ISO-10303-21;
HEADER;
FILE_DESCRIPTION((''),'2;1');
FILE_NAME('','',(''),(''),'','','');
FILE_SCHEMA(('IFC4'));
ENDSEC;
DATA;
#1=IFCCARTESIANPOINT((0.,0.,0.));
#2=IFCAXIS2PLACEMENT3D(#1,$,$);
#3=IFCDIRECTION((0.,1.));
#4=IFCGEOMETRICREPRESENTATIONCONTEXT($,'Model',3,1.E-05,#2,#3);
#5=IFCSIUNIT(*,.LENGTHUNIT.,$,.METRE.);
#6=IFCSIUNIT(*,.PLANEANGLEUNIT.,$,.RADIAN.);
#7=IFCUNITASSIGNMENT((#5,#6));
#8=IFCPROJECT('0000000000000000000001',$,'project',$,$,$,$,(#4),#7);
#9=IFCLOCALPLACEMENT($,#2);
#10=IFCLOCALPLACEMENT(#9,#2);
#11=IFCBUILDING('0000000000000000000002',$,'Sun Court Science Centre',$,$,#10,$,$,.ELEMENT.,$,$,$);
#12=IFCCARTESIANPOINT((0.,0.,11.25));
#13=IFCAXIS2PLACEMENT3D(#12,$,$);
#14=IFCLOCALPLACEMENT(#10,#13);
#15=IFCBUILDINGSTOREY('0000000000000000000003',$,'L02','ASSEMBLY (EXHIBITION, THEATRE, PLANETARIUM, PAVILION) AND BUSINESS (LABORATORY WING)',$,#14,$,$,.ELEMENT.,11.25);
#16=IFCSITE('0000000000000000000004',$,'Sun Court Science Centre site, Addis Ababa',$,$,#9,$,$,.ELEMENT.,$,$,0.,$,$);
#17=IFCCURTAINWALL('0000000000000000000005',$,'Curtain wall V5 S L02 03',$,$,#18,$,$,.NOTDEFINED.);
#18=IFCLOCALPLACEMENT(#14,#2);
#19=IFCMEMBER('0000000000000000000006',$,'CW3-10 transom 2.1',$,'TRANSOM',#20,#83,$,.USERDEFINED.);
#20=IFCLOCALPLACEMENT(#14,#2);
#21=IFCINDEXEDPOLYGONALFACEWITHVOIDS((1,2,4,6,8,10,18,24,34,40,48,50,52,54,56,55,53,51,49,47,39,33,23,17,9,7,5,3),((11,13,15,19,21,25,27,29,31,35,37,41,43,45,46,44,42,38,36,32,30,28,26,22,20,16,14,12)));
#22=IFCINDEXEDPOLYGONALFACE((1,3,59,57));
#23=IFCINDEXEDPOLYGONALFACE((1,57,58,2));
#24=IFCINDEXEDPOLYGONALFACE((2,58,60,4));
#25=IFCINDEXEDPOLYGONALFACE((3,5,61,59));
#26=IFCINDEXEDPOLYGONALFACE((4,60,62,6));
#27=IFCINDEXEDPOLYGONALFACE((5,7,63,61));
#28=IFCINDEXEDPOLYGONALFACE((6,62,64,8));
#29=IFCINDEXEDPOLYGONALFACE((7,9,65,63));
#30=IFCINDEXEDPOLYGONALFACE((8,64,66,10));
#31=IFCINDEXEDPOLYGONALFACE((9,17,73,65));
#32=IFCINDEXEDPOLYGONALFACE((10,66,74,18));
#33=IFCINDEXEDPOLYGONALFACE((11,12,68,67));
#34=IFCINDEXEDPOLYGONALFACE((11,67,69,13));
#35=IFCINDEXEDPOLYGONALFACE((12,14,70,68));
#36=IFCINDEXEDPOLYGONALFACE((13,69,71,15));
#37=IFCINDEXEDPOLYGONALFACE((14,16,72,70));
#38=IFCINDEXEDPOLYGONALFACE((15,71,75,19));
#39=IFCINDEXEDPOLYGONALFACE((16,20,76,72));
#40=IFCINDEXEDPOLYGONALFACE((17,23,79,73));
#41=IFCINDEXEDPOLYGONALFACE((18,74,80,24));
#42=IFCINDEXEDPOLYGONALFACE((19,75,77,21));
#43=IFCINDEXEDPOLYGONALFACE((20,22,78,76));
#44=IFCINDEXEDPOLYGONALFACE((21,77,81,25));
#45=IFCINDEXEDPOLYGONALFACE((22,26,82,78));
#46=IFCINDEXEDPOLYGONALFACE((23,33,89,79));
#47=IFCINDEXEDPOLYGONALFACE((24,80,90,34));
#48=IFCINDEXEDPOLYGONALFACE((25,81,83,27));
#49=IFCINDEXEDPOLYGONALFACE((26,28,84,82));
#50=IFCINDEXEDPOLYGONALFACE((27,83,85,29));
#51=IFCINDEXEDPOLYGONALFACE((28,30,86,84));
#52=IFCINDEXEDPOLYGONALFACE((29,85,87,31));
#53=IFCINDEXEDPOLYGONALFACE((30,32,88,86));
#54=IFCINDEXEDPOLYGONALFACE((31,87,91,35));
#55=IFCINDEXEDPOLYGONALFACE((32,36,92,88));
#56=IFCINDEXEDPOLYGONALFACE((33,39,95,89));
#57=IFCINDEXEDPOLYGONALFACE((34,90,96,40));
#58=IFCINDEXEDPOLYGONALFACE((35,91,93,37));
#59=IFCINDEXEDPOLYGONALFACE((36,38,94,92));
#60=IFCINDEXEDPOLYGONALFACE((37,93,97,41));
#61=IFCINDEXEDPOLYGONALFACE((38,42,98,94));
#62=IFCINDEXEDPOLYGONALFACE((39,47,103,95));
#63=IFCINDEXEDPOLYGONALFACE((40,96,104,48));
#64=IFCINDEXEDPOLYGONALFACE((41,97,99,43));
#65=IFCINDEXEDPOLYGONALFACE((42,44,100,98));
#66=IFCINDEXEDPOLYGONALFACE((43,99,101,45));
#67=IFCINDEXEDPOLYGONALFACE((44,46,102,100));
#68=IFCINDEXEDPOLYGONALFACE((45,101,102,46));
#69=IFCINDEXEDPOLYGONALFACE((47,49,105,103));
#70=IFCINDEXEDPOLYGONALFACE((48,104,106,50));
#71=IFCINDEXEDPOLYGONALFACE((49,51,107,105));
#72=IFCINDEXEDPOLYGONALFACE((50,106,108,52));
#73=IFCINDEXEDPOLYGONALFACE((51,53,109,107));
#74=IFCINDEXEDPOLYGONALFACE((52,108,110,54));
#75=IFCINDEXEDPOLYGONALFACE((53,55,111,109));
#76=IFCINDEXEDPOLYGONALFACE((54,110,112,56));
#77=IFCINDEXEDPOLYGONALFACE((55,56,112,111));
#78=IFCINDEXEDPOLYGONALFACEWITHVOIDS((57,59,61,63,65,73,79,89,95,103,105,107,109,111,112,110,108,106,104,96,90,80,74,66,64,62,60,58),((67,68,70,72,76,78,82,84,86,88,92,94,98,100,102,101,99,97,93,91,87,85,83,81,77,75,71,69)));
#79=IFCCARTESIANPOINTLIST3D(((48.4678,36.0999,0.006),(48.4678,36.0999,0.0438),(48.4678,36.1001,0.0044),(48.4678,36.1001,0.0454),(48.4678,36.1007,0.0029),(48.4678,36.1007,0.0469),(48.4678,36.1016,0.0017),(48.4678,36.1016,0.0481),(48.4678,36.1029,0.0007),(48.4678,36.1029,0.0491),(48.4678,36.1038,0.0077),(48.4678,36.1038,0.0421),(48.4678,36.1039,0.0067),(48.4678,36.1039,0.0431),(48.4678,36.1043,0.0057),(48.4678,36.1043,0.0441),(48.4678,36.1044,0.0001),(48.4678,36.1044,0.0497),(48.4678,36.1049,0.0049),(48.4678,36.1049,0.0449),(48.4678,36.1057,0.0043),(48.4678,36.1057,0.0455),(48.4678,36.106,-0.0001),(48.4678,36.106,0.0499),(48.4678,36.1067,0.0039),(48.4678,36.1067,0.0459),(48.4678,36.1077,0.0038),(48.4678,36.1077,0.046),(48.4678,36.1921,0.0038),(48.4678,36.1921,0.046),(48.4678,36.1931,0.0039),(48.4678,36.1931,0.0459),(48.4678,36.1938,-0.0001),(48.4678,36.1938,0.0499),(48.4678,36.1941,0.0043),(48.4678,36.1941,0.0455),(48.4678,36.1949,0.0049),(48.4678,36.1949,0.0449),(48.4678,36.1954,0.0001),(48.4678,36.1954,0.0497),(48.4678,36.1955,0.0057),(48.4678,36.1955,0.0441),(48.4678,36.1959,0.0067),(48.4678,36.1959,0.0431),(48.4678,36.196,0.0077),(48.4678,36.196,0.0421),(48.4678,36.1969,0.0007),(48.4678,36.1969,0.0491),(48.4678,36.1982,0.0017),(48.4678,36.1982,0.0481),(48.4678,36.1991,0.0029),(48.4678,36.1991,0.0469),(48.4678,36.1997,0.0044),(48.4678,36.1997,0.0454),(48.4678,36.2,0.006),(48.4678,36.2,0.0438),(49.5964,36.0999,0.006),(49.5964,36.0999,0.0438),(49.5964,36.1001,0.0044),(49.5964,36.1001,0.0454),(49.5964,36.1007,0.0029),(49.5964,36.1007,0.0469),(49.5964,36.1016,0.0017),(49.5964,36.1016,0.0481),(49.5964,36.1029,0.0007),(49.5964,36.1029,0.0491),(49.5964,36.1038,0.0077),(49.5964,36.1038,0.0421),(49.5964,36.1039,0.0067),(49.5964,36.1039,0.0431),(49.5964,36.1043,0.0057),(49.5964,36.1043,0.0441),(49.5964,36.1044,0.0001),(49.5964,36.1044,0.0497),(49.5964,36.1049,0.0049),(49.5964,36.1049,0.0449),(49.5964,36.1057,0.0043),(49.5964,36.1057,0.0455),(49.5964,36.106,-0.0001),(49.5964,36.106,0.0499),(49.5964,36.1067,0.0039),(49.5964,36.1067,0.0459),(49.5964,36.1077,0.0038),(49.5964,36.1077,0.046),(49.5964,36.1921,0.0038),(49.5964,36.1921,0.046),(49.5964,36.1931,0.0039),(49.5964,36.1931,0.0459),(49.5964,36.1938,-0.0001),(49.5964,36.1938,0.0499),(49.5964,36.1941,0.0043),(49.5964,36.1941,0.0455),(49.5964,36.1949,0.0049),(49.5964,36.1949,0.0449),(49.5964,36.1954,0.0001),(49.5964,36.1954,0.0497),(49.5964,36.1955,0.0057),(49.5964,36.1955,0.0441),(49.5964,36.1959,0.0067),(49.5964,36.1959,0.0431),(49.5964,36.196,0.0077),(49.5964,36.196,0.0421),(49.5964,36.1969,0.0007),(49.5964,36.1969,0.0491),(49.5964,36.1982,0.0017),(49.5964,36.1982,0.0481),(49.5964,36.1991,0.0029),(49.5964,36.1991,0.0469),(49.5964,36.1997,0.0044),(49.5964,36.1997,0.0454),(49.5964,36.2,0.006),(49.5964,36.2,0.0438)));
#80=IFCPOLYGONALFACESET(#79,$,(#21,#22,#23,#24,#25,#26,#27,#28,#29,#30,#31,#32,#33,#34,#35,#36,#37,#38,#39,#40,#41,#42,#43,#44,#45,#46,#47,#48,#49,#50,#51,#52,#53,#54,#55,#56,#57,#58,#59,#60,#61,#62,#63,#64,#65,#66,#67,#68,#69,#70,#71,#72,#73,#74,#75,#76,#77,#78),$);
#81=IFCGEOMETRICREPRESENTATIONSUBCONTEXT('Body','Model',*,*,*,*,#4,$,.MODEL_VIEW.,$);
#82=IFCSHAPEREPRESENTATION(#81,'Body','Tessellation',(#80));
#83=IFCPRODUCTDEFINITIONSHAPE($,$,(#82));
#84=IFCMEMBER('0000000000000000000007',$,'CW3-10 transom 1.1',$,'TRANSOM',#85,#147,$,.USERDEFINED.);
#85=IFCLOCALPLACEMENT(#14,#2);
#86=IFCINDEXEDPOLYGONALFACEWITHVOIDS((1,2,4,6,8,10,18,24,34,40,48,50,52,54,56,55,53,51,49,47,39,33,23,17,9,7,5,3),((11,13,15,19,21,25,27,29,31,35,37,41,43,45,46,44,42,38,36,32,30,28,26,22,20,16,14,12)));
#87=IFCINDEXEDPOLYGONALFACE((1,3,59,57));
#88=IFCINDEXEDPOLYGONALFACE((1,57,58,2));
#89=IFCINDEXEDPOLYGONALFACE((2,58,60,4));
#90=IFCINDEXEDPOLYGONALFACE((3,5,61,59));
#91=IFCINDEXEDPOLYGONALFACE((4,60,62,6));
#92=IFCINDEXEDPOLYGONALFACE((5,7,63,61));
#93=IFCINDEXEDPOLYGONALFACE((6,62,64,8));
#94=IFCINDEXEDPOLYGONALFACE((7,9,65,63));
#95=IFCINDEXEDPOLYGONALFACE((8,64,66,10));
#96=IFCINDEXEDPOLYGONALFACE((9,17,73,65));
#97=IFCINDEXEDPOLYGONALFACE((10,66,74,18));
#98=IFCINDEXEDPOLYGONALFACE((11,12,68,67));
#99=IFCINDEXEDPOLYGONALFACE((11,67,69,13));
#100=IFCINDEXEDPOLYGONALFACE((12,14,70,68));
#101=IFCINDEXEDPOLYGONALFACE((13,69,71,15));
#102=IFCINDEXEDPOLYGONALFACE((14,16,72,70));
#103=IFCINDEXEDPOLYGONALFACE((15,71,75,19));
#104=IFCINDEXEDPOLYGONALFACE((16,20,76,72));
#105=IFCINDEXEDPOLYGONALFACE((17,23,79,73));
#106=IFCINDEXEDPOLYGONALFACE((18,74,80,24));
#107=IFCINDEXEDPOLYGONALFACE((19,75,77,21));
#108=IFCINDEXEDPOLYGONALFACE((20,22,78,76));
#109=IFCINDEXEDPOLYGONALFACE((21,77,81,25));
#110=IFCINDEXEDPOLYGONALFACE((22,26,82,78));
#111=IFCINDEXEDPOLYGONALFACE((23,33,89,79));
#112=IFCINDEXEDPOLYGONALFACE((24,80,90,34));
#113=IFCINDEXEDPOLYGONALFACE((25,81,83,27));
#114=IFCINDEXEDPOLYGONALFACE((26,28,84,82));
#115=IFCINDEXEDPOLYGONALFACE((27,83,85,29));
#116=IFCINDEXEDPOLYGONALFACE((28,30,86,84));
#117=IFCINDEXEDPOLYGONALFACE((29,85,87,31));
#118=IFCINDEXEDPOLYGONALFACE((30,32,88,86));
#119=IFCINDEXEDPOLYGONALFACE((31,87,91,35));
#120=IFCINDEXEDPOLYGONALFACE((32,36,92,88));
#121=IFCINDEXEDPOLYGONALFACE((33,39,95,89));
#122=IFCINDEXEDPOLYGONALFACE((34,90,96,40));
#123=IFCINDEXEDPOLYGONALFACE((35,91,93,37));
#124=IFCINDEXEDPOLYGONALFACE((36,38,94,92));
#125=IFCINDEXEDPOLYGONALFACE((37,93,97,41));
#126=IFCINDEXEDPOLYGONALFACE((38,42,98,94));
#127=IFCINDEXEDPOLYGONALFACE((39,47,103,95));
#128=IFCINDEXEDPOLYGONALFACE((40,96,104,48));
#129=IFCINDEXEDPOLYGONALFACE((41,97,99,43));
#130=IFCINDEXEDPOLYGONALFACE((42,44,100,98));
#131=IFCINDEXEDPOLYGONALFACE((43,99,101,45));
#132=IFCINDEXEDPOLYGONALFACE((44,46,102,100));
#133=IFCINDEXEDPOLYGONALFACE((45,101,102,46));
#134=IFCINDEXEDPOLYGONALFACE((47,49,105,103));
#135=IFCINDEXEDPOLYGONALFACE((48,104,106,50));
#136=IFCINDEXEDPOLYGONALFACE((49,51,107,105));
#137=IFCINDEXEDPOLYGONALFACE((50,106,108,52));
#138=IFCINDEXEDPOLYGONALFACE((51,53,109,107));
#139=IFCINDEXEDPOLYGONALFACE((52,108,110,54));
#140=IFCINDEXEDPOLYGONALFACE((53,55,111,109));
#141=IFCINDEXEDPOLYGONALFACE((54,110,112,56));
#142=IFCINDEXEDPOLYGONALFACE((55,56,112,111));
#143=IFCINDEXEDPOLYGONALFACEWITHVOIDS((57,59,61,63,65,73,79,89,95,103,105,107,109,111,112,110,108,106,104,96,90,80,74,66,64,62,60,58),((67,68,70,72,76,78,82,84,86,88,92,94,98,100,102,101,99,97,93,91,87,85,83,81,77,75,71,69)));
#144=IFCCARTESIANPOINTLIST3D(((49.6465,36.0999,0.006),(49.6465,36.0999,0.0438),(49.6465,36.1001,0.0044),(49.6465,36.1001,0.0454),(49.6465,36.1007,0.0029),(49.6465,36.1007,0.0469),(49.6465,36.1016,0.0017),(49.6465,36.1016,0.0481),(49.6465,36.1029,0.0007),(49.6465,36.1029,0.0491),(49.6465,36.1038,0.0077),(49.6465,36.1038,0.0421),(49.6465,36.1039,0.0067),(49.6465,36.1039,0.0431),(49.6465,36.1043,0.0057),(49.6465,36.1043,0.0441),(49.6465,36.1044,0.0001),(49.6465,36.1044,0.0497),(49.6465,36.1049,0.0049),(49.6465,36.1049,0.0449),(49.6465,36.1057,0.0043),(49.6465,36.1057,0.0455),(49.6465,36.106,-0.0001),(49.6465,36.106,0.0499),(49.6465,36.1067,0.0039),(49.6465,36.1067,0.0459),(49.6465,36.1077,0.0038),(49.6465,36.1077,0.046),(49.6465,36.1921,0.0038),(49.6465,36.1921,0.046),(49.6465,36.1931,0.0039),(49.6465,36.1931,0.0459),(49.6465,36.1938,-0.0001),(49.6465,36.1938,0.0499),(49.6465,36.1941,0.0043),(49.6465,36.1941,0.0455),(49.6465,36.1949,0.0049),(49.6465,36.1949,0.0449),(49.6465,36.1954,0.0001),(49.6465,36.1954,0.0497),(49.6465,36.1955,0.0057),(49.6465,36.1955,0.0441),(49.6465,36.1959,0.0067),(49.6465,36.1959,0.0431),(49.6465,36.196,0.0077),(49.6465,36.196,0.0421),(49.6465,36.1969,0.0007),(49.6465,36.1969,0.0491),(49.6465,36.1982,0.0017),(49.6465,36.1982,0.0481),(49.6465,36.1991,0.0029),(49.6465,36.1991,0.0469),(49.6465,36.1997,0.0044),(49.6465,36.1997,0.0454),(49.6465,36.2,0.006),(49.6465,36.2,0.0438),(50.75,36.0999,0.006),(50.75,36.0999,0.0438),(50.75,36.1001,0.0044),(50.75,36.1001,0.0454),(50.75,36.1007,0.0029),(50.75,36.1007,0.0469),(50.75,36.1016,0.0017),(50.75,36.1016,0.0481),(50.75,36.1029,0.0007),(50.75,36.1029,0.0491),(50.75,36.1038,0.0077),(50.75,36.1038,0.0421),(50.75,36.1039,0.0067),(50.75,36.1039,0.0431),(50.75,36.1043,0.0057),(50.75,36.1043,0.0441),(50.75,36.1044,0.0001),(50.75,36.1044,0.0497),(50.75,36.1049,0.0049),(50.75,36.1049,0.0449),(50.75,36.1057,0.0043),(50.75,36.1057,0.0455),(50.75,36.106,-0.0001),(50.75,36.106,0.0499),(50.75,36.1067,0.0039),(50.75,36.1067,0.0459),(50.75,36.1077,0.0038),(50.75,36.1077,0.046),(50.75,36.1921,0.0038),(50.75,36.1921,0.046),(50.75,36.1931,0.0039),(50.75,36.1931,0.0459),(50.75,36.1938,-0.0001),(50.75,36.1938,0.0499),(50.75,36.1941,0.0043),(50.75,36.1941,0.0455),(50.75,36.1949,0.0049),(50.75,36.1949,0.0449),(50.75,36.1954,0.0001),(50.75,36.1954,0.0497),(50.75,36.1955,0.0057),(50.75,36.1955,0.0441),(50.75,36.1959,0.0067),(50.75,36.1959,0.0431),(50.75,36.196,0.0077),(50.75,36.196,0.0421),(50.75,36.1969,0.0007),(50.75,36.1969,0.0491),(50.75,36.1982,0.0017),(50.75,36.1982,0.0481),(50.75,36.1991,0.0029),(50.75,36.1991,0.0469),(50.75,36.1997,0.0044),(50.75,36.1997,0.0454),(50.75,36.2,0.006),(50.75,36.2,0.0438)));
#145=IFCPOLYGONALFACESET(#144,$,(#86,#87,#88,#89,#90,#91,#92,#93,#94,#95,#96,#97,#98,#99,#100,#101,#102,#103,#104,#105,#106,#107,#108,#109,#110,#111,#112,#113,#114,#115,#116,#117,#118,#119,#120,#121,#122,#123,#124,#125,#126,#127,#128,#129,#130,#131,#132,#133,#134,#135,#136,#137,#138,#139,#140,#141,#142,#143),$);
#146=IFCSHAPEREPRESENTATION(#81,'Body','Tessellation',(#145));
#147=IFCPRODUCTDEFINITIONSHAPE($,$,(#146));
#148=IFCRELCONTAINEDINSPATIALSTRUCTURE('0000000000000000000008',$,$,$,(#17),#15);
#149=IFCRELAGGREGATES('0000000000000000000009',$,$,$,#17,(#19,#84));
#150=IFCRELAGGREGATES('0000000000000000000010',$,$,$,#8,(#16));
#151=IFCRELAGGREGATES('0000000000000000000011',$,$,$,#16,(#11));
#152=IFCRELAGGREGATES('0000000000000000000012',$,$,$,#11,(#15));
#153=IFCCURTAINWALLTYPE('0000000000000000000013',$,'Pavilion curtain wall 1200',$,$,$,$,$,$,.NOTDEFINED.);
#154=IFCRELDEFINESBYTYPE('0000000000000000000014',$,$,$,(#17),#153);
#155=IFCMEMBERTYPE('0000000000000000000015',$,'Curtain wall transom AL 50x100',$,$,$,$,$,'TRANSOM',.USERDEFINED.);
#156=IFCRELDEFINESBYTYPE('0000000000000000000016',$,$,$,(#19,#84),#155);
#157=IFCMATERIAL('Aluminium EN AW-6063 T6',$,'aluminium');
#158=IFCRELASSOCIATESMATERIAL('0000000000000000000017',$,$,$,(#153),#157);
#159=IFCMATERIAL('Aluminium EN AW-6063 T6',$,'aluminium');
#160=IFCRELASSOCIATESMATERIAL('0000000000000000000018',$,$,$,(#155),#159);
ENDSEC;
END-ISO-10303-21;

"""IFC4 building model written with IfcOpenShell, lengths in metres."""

from ifc_helpers import new_model, si_unit, direction, frame, origin, origin_2d, place, context, subcontext, project, spatial, hollow_rectangle, extrude, material, material_profile, profile_set, type_object, element, aggregate, save


model = new_model("IFC4")

# Units and contexts
model_context = context("Model", 3, precision=1e-05, world=origin(), true_north=direction((0.0, 1.0)))
body_context = subcontext(model_context, "Body", "Model", "MODEL_VIEW")
ifc_project = project(units=[si_unit("LENGTHUNIT", "METRE"), si_unit("PLANEANGLEUNIT", "RADIAN")], contexts=[model_context])

# Site, building, storey
site_placement = place(None, origin())
site = spatial("IfcSite", under=ifc_project, at=site_placement, Name="Sun Court Science Centre site, Addis Ababa", CompositionType="ELEMENT", RefElevation=0.0)
building_placement = place(site_placement, origin())
building = spatial("IfcBuilding", under=site, at=building_placement, Name="Sun Court Science Centre", CompositionType="ELEMENT")
storey_placement = place(building_placement, frame((0.0, 0.0, 11.25)))
storey = spatial("IfcBuildingStorey", under=building, at=storey_placement, Name="L02", Description="ASSEMBLY (EXHIBITION, THEATRE, PLANETARIUM, PAVILION) AND BUSINESS (LABORATORY WING)", CompositionType="ELEMENT", Elevation=11.25)

# Curtain wall, members
ifc_material_1 = material(Name="Aluminium EN AW-6063 T6", Category="aluminium")
curtain_wall_type = type_object("IfcCurtainWallType", Name="Pavilion curtain wall 1200", PredefinedType="NOTDEFINED", material=ifc_material_1)
curtain_wall_placement = place(storey_placement, origin())
curtain_wall = element("IfcCurtainWall", 1, at=curtain_wall_placement, inside=storey, type_object=curtain_wall_type, Name="Curtain wall V5 S L02 03", PredefinedType="NOTDEFINED")
ifc_material_2 = material(Name="Aluminium EN AW-6063 T6", Category="aluminium")
ifc_material_profile_1 = material_profile(ifc_material_2, hollow_rectangle(XDim=0.05, YDim=0.1001, WallThickness=0.0039, InnerFilletRadius=0.0039, OuterFilletRadius=0.0061, at=origin_2d()), Name="AL 50x100x4")
ifc_profile_set_1 = profile_set([ifc_material_profile_1], Name="Aluminium EN AW-6063 T6")
member_type_1 = type_object("IfcMemberType", Name="Curtain wall transom AL 50x100", ElementType="TRANSOM", PredefinedType="USERDEFINED", material=ifc_profile_set_1)
member_1_placement = place(storey_placement, frame((49.5964, 36.1499, 0.0249), z_axis=(-1.0, 0.0, 0.0), x_axis=(0.0, 0.0, 1.0)))
member_1 = element("IfcMember", 2, at=member_1_placement, type_object=member_type_1, Name="CW3-10 transom 2.1", ObjectType="TRANSOM", PredefinedType="USERDEFINED", context=body_context, shape_type="SweptSolid", body=[
    extrude(hollow_rectangle(XDim=0.05, YDim=0.1001, WallThickness=0.0039, InnerFilletRadius=0.0039, OuterFilletRadius=0.0061, at=origin_2d()), origin(), (0.0, 0.0, 1.0), 1.1287),
])
member_2_placement = place(storey_placement, frame((50.75, 36.1499, 0.0249), z_axis=(-1.0, 0.0, 0.0), x_axis=(0.0, 0.0, 1.0)))
member_2 = element("IfcMember", 3, at=member_2_placement, type_object=member_type_1, Name="CW3-10 transom 1.1", ObjectType="TRANSOM", PredefinedType="USERDEFINED", context=body_context, shape_type="SweptSolid", body=[
    extrude(hollow_rectangle(XDim=0.05, YDim=0.1001, WallThickness=0.0039, InnerFilletRadius=0.0039, OuterFilletRadius=0.0061, at=origin_2d()), origin(), (0.0, 0.0, 1.0), 1.1035),
])
aggregate(curtain_wall, [member_1, member_2])

save(model, "model.ifc")
